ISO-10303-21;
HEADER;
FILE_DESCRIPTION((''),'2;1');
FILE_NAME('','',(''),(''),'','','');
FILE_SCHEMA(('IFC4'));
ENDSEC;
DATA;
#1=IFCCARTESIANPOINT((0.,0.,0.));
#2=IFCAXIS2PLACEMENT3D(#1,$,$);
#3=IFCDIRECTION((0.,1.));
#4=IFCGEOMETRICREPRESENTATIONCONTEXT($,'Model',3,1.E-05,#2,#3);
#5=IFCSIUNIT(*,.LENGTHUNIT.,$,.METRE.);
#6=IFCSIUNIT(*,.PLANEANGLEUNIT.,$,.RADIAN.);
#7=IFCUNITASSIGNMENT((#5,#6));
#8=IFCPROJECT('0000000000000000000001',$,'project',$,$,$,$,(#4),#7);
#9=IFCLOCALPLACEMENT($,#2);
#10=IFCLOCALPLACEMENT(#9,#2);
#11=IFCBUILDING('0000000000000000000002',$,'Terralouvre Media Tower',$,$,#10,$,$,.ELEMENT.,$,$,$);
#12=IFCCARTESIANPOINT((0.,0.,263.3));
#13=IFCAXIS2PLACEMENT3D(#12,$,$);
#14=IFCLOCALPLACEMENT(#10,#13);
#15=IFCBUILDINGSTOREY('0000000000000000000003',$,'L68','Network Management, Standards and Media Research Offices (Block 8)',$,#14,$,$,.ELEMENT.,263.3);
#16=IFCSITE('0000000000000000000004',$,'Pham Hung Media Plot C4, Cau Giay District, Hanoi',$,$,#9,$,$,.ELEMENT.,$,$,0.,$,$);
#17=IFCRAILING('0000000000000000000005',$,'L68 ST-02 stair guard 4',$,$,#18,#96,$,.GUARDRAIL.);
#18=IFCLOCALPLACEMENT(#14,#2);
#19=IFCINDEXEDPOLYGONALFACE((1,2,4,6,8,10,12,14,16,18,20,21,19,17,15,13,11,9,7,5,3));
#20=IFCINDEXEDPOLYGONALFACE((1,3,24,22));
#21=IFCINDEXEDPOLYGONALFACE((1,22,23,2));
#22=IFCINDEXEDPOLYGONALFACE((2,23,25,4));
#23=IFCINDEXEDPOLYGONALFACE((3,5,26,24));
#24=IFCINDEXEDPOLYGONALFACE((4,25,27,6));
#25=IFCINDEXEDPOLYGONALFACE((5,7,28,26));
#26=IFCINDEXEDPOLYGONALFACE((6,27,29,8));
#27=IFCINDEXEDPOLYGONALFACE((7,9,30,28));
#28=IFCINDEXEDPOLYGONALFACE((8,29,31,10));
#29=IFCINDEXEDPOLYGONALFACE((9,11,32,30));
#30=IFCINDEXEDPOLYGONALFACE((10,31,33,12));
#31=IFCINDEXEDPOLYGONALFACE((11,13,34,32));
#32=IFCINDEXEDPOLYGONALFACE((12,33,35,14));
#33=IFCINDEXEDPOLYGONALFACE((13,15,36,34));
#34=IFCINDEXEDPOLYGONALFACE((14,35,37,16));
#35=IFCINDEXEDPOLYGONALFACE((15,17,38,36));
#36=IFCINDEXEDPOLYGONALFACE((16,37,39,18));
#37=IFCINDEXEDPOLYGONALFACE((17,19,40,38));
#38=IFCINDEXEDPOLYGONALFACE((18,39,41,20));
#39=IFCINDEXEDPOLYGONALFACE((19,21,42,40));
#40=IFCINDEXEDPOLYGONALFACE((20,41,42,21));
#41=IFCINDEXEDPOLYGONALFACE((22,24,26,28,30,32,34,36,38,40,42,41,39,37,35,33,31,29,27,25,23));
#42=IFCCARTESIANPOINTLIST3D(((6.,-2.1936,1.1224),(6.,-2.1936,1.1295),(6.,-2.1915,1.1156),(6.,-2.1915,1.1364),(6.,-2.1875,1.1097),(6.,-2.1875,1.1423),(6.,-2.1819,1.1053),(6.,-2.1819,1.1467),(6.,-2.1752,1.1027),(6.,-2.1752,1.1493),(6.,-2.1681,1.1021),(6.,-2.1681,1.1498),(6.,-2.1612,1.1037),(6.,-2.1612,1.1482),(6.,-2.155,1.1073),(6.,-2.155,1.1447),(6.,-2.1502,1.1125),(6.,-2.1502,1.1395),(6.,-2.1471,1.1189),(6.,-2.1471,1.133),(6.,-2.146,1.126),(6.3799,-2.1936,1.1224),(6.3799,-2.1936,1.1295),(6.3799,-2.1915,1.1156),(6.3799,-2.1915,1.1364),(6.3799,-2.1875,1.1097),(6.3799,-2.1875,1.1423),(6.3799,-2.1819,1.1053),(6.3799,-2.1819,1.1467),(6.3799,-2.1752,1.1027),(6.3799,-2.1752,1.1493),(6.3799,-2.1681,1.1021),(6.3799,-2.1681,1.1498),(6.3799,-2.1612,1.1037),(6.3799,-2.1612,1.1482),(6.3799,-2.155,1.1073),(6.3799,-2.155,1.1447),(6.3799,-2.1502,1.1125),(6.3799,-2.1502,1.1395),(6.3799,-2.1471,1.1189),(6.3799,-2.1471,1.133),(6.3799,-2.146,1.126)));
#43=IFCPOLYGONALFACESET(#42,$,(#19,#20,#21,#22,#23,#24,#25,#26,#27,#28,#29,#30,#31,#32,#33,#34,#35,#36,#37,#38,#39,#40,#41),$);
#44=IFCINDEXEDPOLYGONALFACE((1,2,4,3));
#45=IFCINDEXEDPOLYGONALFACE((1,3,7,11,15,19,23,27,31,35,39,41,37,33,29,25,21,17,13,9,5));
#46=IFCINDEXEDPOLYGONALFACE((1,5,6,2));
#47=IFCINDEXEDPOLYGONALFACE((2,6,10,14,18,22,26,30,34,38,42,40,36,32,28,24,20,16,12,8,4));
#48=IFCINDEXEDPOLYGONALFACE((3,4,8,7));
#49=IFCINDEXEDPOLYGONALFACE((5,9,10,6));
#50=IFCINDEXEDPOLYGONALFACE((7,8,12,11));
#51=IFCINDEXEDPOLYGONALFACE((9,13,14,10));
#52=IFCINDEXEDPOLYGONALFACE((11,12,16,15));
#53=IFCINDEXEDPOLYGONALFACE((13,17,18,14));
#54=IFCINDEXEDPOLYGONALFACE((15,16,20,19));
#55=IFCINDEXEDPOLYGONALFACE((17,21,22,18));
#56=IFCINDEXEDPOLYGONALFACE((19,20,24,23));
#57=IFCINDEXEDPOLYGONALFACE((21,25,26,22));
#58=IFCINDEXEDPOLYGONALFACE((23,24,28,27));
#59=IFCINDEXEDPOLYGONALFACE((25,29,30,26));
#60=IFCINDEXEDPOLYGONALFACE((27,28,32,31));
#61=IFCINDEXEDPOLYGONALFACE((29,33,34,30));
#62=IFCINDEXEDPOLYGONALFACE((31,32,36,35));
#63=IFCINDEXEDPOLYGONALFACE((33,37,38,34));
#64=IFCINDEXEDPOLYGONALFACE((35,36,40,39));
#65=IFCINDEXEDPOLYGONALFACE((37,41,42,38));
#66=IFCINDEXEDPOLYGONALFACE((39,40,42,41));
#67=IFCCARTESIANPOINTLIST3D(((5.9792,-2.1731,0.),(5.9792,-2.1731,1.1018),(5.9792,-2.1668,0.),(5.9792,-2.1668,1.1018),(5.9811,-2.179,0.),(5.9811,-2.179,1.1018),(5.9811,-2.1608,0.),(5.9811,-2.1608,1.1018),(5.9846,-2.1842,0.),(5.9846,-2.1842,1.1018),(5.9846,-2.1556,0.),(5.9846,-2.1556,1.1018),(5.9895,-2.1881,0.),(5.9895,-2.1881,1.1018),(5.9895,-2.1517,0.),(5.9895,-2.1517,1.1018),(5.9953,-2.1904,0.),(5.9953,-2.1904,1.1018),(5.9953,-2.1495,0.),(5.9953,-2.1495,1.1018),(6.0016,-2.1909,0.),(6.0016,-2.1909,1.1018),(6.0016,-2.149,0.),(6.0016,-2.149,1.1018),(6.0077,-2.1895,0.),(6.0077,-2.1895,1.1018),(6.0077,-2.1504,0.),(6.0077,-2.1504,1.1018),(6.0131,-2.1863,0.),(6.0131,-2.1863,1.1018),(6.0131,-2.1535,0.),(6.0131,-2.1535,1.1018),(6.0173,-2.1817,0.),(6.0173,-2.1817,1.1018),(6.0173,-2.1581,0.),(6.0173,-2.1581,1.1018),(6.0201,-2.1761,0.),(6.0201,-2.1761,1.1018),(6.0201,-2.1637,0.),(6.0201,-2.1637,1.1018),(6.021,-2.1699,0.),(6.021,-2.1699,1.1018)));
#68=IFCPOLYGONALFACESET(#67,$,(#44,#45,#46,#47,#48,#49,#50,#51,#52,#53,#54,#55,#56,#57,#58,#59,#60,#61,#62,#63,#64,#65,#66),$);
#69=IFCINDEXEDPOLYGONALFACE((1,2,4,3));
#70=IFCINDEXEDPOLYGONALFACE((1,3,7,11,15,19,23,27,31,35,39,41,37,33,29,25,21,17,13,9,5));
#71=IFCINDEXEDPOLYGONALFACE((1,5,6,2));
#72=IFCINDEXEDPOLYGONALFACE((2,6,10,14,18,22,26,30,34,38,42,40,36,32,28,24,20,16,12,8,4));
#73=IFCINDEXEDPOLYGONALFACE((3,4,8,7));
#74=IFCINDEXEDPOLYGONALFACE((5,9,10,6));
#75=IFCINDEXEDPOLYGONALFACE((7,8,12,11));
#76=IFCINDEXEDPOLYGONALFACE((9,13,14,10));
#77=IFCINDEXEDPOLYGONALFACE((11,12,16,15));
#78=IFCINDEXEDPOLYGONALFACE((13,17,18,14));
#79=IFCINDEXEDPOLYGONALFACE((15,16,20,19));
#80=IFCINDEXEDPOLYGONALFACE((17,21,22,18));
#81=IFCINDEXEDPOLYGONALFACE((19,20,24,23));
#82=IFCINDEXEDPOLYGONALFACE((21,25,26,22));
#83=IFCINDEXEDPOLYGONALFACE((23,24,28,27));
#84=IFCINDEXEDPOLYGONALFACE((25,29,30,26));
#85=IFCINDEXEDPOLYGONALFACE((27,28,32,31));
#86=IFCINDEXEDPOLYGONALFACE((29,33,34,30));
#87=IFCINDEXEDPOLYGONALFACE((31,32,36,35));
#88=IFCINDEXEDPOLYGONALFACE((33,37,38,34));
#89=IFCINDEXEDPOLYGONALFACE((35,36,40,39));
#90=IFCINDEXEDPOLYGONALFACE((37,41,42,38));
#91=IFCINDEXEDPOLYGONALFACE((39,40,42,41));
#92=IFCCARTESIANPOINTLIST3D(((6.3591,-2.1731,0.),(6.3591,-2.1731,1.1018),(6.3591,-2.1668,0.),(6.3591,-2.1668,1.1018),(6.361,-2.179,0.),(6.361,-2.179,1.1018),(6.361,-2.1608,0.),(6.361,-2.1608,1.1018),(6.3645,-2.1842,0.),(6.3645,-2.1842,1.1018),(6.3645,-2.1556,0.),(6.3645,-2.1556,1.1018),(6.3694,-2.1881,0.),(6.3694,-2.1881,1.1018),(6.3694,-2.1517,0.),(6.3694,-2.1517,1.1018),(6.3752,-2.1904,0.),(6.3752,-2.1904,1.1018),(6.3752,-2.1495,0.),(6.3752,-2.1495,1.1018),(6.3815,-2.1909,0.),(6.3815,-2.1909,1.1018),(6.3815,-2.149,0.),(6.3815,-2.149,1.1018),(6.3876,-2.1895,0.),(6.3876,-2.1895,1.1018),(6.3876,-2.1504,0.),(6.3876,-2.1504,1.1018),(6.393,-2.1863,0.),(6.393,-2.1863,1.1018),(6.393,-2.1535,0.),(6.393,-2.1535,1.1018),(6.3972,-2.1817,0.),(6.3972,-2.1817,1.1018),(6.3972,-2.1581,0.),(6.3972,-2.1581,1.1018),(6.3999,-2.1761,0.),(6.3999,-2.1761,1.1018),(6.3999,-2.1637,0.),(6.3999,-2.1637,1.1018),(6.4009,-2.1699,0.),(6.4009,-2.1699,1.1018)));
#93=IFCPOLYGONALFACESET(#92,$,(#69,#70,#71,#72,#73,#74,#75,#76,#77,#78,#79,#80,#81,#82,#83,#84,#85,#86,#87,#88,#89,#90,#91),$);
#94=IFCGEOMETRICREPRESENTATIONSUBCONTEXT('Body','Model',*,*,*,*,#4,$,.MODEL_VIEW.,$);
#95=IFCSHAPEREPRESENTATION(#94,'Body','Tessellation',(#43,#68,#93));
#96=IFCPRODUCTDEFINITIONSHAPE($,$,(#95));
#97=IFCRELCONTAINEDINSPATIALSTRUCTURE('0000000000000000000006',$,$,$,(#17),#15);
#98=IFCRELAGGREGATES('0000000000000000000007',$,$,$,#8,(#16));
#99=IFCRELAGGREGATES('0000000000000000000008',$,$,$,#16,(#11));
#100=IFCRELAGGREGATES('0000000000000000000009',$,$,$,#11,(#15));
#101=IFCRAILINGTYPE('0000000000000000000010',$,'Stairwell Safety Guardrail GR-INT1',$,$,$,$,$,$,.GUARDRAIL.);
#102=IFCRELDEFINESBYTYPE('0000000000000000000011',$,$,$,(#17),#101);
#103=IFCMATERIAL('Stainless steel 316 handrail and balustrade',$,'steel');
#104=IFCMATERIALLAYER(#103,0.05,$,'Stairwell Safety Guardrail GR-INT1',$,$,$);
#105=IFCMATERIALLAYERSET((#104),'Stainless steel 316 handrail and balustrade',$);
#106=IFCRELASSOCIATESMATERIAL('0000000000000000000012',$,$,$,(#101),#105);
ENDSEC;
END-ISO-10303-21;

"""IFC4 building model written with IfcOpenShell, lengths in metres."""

from ifc_helpers import new_model, si_unit, direction, frame, origin, origin_2d, place, context, subcontext, project, spatial, circle, extrude, material, layer, layer_set, type_object, element, save


model = new_model("IFC4")

# Units and contexts
model_context = context("Model", 3, precision=1e-05, world=origin(), true_north=direction((0.0, 1.0)))
body_context = subcontext(model_context, "Body", "Model", "MODEL_VIEW")
ifc_project = project(units=[si_unit("LENGTHUNIT", "METRE"), si_unit("PLANEANGLEUNIT", "RADIAN")], contexts=[model_context])

# Site, building, storey
site_placement = place(None, origin())
site = spatial("IfcSite", under=ifc_project, at=site_placement, Name="Pham Hung Media Plot C4, Cau Giay District, Hanoi", CompositionType="ELEMENT", RefElevation=0.0)
building_placement = place(site_placement, origin())
building = spatial("IfcBuilding", under=site, at=building_placement, Name="Terralouvre Media Tower", CompositionType="ELEMENT")
storey_placement = place(building_placement, frame((0.0, 0.0, 263.3)))
storey = spatial("IfcBuildingStorey", under=building, at=storey_placement, Name="L68", Description="Network Management, Standards and Media Research Offices (Block 8)", CompositionType="ELEMENT", Elevation=263.3)

# Railing
ifc_material_1 = material(Name="Stainless steel 316 handrail and balustrade", Category="steel")
ifc_layer_1 = layer(ifc_material_1, 0.05, Name="Stairwell Safety Guardrail GR-INT1")
ifc_layer_set_1 = layer_set([ifc_layer_1], Name="Stainless steel 316 handrail and balustrade")
railing_type_1 = type_object("IfcRailingType", Name="Stairwell Safety Guardrail GR-INT1", PredefinedType="GUARDRAIL", material=ifc_layer_set_1)
railing_1_placement = place(storey_placement, frame((6.0, -2.1699, 0.0)))
element("IfcRailing", 1, at=railing_1_placement, inside=storey, type_object=railing_type_1, Name="L68 ST-02 stair guard 4", PredefinedType="GUARDRAIL", context=body_context, shape_type="SweptSolid", body=[
    extrude(circle(Radius=0.0239, at=origin_2d()), frame((0.0, 0.0, 1.126), z_axis=(1.0, 0.0, 0.0), x_axis=(0.0, 1.0, 0.0)), (0.0, 0.0, 1.0), 0.3799),
    extrude(circle(Radius=0.021, at=origin_2d()), origin(), (0.0, 0.0, 1.0), 1.1018),
    extrude(circle(Radius=0.021, at=origin_2d()), frame((0.3799, 0.0, 0.0)), (0.0, 0.0, 1.0), 1.1018),
])

save(model, "model.ifc")
